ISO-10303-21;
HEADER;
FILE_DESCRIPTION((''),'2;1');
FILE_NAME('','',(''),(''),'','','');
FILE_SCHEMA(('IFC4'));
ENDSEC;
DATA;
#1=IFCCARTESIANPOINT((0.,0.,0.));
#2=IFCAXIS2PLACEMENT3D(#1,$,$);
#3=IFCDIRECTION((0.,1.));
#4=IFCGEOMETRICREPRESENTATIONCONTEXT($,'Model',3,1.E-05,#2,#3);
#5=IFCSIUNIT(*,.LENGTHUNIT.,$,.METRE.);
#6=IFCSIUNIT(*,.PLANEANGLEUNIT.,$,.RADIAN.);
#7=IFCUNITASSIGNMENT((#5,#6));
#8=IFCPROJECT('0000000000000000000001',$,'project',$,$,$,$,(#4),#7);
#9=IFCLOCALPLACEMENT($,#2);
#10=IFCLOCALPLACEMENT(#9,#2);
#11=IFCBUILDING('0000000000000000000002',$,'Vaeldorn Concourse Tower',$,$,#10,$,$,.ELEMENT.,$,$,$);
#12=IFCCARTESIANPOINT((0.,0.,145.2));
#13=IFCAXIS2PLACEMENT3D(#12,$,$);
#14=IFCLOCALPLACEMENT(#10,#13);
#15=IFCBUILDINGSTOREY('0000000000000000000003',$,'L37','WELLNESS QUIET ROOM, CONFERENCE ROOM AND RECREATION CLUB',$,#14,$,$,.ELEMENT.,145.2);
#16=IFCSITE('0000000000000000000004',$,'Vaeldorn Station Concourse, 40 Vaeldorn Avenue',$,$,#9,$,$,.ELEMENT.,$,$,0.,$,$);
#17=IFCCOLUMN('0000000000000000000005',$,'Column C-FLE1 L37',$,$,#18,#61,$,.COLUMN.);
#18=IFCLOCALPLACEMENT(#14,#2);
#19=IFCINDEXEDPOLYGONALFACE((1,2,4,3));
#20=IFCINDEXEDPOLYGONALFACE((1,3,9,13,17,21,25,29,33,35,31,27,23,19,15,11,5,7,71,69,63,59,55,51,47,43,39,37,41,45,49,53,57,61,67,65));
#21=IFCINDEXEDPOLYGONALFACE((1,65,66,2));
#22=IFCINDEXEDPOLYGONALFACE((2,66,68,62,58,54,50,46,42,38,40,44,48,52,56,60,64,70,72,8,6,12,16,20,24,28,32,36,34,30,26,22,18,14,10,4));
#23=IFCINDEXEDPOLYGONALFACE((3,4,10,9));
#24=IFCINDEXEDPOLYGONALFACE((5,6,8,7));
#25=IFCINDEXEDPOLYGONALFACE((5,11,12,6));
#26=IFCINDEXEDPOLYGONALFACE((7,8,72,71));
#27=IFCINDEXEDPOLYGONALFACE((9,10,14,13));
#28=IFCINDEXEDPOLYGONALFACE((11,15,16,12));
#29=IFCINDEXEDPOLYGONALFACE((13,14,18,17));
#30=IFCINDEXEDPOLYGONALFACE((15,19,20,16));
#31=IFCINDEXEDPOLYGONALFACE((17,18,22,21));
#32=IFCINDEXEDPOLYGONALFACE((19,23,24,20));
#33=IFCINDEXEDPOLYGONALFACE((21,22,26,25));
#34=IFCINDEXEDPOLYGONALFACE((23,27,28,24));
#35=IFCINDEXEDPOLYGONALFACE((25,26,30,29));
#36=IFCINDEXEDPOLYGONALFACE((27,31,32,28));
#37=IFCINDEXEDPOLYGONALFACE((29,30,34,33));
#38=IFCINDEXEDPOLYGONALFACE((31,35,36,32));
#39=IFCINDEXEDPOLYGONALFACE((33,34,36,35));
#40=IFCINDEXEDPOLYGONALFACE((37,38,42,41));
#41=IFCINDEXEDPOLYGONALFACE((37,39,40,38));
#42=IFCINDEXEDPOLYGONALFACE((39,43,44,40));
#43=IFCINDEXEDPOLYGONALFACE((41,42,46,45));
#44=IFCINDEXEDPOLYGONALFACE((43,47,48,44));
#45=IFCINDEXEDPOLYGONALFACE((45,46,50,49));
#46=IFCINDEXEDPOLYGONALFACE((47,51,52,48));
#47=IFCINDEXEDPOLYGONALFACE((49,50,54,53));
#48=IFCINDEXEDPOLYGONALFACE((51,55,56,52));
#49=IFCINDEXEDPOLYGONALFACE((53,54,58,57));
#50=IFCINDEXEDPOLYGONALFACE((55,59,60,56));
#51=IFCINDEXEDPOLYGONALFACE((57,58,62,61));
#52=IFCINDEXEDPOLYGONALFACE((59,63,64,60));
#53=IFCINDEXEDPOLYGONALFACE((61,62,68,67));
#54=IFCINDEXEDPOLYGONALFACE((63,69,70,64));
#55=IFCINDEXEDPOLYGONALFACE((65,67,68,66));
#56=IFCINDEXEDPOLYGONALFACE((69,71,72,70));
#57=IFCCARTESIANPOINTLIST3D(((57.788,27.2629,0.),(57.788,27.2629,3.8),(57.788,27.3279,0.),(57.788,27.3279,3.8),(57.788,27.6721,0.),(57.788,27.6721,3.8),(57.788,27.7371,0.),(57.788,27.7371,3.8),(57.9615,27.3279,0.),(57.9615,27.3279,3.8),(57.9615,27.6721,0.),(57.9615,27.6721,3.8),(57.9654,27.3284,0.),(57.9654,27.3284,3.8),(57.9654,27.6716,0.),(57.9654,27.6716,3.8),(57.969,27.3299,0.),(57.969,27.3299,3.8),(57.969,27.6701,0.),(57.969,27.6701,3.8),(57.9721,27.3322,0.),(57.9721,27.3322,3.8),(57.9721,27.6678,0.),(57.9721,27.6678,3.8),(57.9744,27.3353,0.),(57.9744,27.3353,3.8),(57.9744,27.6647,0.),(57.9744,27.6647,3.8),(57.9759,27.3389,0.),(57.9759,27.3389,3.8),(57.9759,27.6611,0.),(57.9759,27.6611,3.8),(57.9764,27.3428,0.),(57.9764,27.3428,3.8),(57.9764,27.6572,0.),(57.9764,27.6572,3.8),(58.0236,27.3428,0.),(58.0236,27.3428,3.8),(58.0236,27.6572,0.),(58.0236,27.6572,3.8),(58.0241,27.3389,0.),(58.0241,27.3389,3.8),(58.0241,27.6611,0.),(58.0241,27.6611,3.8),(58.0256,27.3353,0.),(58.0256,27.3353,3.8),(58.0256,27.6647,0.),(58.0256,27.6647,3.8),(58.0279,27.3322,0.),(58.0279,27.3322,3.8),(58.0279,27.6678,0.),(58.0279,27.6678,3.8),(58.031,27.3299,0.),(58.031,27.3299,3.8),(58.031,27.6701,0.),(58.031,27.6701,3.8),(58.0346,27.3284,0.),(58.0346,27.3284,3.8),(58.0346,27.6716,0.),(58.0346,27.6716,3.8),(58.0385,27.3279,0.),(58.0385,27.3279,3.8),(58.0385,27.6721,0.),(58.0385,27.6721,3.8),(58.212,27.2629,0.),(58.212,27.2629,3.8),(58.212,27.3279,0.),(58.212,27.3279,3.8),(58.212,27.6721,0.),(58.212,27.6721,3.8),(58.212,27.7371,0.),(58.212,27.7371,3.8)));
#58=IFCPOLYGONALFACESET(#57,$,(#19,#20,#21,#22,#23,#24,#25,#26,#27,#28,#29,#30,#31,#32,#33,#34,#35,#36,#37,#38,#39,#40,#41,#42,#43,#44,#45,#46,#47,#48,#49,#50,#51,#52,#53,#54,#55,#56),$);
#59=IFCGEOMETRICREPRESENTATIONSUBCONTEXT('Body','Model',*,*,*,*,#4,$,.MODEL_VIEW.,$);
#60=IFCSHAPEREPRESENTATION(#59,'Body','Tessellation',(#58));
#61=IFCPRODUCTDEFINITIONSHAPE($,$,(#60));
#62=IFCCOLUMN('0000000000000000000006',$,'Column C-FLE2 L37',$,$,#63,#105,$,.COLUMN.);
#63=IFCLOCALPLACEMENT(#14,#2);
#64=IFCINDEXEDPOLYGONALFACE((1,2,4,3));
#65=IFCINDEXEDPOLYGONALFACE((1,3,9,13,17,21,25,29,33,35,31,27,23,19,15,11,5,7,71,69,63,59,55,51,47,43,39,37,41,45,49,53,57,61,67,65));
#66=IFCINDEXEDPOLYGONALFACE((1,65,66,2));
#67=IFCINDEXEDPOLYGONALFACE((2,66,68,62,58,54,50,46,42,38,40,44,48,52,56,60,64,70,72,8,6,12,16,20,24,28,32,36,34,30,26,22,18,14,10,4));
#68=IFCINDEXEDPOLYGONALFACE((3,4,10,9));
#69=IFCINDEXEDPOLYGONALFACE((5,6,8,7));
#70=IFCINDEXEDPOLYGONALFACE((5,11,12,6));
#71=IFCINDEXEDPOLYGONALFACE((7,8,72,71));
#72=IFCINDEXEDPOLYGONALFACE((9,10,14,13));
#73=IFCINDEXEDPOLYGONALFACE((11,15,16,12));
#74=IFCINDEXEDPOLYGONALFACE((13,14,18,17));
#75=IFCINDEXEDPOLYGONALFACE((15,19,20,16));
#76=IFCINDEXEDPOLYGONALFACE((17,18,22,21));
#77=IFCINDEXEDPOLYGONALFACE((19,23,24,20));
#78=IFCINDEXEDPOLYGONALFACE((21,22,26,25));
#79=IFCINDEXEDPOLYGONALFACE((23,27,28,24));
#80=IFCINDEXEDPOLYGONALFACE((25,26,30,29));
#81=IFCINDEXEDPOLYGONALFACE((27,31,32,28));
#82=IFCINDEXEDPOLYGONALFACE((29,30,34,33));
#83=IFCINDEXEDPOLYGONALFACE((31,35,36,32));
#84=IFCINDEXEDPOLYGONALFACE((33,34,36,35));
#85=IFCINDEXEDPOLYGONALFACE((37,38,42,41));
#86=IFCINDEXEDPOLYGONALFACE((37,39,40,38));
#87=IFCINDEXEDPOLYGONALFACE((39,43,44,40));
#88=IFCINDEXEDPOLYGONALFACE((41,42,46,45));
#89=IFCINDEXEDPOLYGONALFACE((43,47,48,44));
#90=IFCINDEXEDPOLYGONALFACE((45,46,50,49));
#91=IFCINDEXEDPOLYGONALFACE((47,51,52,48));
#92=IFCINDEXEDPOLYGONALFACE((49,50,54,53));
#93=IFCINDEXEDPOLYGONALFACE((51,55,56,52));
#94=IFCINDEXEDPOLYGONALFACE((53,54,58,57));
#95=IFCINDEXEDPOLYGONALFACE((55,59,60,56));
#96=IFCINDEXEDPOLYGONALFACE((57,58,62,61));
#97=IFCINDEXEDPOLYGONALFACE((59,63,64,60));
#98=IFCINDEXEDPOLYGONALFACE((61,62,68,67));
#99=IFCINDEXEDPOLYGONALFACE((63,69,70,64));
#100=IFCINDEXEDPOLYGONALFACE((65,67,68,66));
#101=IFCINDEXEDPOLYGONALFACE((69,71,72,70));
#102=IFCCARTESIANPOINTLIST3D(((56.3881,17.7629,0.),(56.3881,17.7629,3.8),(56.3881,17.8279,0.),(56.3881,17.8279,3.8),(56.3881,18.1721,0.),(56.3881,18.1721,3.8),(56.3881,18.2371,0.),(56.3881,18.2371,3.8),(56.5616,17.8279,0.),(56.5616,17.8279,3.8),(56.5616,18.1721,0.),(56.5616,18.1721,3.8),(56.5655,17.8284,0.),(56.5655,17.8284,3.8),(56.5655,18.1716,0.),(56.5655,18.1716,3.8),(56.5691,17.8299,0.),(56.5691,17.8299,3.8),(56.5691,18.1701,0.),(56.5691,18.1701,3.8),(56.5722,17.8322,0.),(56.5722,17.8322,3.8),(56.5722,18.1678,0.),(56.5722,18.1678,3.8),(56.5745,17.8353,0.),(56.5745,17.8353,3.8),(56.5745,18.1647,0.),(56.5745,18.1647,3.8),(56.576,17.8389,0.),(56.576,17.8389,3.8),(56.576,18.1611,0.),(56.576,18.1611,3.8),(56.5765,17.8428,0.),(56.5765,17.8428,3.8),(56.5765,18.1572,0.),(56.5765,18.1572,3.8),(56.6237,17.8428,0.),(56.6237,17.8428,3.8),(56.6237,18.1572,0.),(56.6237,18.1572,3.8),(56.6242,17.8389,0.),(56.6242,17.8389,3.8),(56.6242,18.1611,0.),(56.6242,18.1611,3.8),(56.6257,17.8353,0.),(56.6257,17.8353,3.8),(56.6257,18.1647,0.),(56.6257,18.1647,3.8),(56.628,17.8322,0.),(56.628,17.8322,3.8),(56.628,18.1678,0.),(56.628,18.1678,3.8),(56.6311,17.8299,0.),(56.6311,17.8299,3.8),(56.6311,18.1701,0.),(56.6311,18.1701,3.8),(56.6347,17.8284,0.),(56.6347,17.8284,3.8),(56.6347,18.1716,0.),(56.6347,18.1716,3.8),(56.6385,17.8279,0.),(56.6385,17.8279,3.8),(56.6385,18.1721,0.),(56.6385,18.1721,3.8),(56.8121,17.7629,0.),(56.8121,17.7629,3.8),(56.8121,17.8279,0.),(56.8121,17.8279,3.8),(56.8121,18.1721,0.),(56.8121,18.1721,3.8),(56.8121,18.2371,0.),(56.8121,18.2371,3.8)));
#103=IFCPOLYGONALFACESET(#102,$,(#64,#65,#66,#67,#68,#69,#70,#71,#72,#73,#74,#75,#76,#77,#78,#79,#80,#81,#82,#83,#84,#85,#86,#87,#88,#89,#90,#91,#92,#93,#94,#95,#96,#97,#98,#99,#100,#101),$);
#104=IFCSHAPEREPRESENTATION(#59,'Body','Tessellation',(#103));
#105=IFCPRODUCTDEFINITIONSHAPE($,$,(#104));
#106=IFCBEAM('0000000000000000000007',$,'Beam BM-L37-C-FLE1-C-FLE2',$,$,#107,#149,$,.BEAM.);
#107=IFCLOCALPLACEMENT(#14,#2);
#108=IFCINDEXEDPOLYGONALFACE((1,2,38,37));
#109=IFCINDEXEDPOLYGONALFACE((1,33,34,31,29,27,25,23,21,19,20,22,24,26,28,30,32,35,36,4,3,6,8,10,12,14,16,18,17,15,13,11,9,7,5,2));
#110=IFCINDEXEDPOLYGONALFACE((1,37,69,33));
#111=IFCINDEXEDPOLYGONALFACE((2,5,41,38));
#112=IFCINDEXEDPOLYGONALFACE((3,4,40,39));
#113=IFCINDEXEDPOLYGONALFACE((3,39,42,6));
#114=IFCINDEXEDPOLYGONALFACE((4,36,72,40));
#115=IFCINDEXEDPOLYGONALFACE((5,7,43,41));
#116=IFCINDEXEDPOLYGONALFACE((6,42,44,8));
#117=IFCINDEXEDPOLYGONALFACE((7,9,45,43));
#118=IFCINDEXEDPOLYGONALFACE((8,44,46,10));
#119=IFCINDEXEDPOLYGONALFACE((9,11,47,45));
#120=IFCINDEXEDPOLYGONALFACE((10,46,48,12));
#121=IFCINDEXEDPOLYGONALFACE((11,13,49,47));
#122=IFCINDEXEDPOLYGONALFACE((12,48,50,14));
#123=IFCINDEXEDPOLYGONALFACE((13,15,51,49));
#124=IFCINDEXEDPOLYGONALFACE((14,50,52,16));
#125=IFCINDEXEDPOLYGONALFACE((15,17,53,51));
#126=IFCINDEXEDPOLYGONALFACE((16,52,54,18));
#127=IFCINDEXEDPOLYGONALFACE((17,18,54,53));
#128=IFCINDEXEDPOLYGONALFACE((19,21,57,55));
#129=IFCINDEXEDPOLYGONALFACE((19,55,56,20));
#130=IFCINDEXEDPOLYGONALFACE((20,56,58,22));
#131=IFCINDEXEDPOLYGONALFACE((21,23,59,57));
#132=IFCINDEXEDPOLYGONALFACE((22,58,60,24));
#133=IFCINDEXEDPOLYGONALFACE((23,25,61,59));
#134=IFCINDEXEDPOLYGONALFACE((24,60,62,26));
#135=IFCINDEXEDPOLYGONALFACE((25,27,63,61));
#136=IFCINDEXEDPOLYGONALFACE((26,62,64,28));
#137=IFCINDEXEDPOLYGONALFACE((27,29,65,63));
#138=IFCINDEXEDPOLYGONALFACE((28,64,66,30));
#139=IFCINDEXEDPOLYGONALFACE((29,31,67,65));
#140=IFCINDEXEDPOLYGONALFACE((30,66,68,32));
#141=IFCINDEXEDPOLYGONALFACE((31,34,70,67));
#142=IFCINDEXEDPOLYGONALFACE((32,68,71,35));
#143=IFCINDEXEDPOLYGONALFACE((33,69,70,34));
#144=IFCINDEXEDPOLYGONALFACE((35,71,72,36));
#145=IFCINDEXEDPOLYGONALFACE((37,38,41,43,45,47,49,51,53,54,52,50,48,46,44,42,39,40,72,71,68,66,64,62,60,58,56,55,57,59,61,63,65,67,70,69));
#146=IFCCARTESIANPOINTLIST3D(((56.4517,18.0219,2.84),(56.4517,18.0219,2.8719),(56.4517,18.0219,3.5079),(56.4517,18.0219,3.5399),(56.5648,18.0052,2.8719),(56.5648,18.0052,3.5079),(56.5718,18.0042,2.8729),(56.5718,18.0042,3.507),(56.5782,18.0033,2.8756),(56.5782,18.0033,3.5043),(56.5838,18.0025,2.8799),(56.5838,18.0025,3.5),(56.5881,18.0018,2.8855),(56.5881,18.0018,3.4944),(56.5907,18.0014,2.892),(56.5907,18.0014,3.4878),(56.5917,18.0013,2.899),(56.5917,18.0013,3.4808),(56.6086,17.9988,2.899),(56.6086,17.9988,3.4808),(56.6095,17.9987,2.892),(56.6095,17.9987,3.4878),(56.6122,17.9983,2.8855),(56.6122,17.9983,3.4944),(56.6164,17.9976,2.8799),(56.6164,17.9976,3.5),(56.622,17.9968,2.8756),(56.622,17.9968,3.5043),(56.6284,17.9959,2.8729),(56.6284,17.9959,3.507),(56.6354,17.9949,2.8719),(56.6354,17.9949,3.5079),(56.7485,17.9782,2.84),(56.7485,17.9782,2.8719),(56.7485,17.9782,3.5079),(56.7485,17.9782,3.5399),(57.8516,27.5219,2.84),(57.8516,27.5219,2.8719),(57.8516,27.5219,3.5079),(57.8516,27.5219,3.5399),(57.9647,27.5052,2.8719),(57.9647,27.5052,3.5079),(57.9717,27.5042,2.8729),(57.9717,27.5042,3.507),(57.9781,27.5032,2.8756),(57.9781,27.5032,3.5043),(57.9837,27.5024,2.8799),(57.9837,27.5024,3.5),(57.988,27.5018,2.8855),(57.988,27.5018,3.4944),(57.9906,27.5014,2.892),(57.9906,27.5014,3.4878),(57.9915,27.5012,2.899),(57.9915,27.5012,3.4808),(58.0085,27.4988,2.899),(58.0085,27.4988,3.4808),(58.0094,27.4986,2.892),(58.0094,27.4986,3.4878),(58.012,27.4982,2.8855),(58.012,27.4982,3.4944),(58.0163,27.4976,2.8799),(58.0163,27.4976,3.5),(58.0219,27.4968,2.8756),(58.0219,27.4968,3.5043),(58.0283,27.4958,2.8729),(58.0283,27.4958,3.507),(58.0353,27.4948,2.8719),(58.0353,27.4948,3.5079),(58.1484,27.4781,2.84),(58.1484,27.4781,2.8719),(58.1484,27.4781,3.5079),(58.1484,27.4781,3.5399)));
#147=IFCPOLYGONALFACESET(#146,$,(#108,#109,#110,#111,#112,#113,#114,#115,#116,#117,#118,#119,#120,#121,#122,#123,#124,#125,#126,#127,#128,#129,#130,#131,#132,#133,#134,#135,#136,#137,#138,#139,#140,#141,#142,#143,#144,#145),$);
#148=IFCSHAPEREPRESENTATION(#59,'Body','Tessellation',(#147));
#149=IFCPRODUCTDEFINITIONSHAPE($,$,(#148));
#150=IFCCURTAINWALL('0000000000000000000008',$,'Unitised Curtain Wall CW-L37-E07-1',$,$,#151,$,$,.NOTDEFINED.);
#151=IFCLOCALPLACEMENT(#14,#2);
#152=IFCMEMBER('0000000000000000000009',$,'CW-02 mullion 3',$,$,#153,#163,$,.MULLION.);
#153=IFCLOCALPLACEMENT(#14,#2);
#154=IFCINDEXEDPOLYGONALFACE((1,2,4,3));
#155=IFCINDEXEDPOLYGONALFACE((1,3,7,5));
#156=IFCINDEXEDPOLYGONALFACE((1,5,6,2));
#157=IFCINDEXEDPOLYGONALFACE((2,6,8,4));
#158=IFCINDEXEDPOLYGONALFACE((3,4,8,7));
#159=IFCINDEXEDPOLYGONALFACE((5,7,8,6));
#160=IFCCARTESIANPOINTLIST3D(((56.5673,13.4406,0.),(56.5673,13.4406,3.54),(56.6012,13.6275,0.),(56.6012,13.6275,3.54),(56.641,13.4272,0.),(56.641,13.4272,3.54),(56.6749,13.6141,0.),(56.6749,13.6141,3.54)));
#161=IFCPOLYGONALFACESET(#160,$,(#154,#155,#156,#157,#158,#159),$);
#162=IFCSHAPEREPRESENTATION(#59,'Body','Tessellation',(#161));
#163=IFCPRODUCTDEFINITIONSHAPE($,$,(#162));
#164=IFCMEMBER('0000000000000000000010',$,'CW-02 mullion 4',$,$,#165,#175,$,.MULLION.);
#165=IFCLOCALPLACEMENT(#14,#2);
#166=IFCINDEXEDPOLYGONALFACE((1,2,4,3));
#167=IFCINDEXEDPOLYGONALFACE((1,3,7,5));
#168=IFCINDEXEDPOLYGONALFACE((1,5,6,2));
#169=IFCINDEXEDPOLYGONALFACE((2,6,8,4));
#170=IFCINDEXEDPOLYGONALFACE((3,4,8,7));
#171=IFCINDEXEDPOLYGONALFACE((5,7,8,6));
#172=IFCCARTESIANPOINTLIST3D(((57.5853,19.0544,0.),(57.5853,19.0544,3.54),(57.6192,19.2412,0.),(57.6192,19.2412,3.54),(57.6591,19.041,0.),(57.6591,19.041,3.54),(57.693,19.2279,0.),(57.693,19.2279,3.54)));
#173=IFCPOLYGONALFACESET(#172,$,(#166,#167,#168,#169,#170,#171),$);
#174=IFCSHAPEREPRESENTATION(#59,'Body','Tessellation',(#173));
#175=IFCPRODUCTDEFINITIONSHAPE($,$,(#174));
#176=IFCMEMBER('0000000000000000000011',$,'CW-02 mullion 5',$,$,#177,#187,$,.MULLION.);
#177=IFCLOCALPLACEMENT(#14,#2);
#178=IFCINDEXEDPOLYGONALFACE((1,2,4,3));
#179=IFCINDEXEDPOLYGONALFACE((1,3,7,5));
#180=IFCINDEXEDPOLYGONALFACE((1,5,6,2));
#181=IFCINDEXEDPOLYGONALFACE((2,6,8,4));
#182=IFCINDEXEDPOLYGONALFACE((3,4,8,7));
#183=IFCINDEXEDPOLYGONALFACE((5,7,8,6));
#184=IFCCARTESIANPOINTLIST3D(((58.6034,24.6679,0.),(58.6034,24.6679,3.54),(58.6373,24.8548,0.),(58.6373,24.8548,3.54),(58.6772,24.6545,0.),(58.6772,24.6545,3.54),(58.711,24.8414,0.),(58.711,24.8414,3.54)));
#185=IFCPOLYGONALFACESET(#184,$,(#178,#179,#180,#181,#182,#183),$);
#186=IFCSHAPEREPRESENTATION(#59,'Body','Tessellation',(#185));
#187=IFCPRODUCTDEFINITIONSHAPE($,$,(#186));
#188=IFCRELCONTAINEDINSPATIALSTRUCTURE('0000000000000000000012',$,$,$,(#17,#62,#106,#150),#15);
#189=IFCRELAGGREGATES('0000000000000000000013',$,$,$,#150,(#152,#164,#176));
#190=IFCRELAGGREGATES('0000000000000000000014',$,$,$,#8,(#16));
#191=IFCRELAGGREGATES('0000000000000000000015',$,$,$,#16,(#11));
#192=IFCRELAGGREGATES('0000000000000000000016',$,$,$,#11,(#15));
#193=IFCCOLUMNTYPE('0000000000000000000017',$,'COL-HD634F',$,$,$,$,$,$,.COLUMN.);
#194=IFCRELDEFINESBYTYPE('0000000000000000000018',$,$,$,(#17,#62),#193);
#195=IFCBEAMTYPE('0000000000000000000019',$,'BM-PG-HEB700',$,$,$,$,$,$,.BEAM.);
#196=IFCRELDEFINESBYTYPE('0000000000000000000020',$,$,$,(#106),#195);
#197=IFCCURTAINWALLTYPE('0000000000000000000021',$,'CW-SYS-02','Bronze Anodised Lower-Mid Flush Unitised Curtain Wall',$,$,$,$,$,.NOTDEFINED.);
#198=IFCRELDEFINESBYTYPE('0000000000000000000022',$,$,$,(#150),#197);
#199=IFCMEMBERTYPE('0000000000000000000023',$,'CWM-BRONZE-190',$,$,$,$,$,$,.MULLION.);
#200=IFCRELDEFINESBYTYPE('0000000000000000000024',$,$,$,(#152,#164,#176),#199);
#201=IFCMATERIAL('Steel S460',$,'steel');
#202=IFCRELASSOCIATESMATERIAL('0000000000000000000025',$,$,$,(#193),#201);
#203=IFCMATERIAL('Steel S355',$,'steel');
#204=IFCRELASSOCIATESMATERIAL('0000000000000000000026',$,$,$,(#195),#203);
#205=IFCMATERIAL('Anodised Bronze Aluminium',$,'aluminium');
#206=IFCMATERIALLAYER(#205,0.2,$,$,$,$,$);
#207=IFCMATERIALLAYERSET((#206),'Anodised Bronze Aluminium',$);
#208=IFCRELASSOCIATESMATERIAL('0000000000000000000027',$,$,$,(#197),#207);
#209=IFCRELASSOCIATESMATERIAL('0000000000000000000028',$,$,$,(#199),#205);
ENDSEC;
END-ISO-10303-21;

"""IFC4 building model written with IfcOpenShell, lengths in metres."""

from ifc_helpers import new_model, si_unit, direction, frame, origin, origin_2d, place, context, subcontext, project, spatial, rectangle, i_section, extrude, source, transform, mapped, material, layer, layer_set, material_profile, profile_set, type_object, element, aggregate, save


model = new_model("IFC4")

# Units and contexts
model_context = context("Model", 3, precision=1e-05, world=origin(), true_north=direction((0.0, 1.0)))
body_context = subcontext(model_context, "Body", "Model", "MODEL_VIEW")
ifc_project = project(units=[si_unit("LENGTHUNIT", "METRE"), si_unit("PLANEANGLEUNIT", "RADIAN")], contexts=[model_context])

# Site, building, storey
site_placement = place(None, origin())
site = spatial("IfcSite", under=ifc_project, at=site_placement, Name="Vaeldorn Station Concourse, 40 Vaeldorn Avenue", CompositionType="ELEMENT", RefElevation=0.0)
building_placement = place(site_placement, origin())
building = spatial("IfcBuilding", under=site, at=building_placement, Name="Vaeldorn Concourse Tower", CompositionType="ELEMENT")
storey_placement = place(building_placement, frame((0.0, 0.0, 145.2)))
storey = spatial("IfcBuildingStorey", under=building, at=storey_placement, Name="L37", Description="WELLNESS QUIET ROOM, CONFERENCE ROOM AND RECREATION CLUB", CompositionType="ELEMENT", Elevation=145.2)

# Columns
ifc_material_1 = material(Name="Steel S460", Category="steel")
ifc_material_profile_1 = material_profile(ifc_material_1, i_section(OverallWidth=0.4241, OverallDepth=0.4741, WebThickness=0.0471, FlangeThickness=0.0649, FilletRadius=0.0149, at=origin_2d()), Name="HD 400x634")
ifc_profile_set_1 = profile_set([ifc_material_profile_1], Name="Steel S460")
column_type = type_object("IfcColumnType", Name="COL-HD634F", PredefinedType="COLUMN", material=ifc_profile_set_1)
shared_shape_1 = source(origin(), body_context, "Body", "SweptSolid", [
    extrude(i_section(OverallWidth=0.4241, OverallDepth=0.4741, WebThickness=0.0471, FlangeThickness=0.0649, FilletRadius=0.0149, at=origin_2d()), origin(), (0.0, 0.0, 1.0), 3.8),
])
for number, where, z_axis, x_axis, name in (
    (1, (58.0, 27.5, 0.0), (0.0, 0.0, 1.0), (1.0, 0.0, 0.0), "Column C-FLE1 L37"),
    (2, (56.6001, 18.0, 0.0), (0.0, 0.0, 1.0), (1.0, 0.0, 0.0), "Column C-FLE2 L37"),
):
    element("IfcColumn", number, at=place(storey_placement, frame(where, z_axis=z_axis, x_axis=x_axis)), inside=storey, type_object=column_type, Name=name, PredefinedType="COLUMN", context=body_context, shape_type="MappedRepresentation", body=[
        mapped(shared_shape_1, transform((0.0, 0.0, 0.0), scale=1.0)),
    ])

# Beam
ifc_material_2 = material(Name="Steel S355", Category="steel")
ifc_material_profile_2 = material_profile(ifc_material_2, i_section(OverallWidth=0.3, OverallDepth=0.7, WebThickness=0.0171, FlangeThickness=0.032, FilletRadius=0.0271, at=origin_2d()), Name="HEB 700")
ifc_profile_set_2 = profile_set([ifc_material_profile_2], Name="Steel S355")
beam_type = type_object("IfcBeamType", Name="BM-PG-HEB700", PredefinedType="BEAM", material=ifc_profile_set_2)
shared_shape_2 = source(origin(), body_context, "Body", "SweptSolid", [
    extrude(i_section(OverallWidth=0.3, OverallDepth=0.7, WebThickness=0.0171, FlangeThickness=0.032, FilletRadius=0.0271, at=origin_2d()), origin(), (0.0, 0.0, 1.0), 9.6025),
])
beam_placement = place(storey_placement, frame((58.0, 27.5, 3.1899), z_axis=(-0.145784, -0.989316, 0.0), x_axis=(0.989316, -0.145784, 0.0)))
element("IfcBeam", 3, at=beam_placement, inside=storey, type_object=beam_type, Name="Beam BM-L37-C-FLE1-C-FLE2", PredefinedType="BEAM", context=body_context, shape_type="MappedRepresentation", body=[
    mapped(shared_shape_2, transform((0.0, 0.0, 0.0), scale=1.0)),
])

# Curtain wall, members
ifc_material_3 = material(Name="Anodised Bronze Aluminium", Category="aluminium")
ifc_layer_1 = layer(ifc_material_3, 0.2)
ifc_layer_set_1 = layer_set([ifc_layer_1], Name="Anodised Bronze Aluminium")
curtain_wall_type = type_object("IfcCurtainWallType", Name="CW-SYS-02", Description="Bronze Anodised Lower-Mid Flush Unitised Curtain Wall", PredefinedType="NOTDEFINED", material=ifc_layer_set_1)
curtain_wall_placement = place(storey_placement, origin())
curtain_wall = element("IfcCurtainWall", 4, at=curtain_wall_placement, inside=storey, type_object=curtain_wall_type, Name="Unitised Curtain Wall CW-L37-E07-1", PredefinedType="NOTDEFINED")
ifc_material_profile_3 = material_profile(ifc_material_3, rectangle(XDim=0.075, YDim=0.1899, at=origin_2d()), Name="CWM 75x190")
ifc_profile_set_3 = profile_set([ifc_material_profile_3], Name="Anodised Bronze Aluminium")
member_type_1 = type_object("IfcMemberType", Name="CWM-BRONZE-190", PredefinedType="MULLION", material=ifc_profile_set_3)
shared_shape_3 = source(origin(), body_context, "Body", "SweptSolid", [
    extrude(rectangle(XDim=0.075, YDim=0.1899, at=origin_2d()), origin(), (0.0, 0.0, 1.0), 3.54),
])
member_1_placement = place(storey_placement, frame((56.6211, 13.5273, 0.0), z_axis=(0.0, 0.0, 1.0), x_axis=(-0.98395, 0.178447, 0.0)))
member_1 = element("IfcMember", 5, at=member_1_placement, type_object=member_type_1, Name="CW-02 mullion 3", PredefinedType="MULLION", context=body_context, shape_type="MappedRepresentation", body=[
    mapped(shared_shape_3, transform((0.0, 0.0, 0.0), scale=1.0)),
])
member_2_placement = place(storey_placement, frame((57.6392, 19.1411, 0.0), z_axis=(0.0, 0.0, 1.0), x_axis=(-0.98395, 0.178447, 0.0)))
member_2 = element("IfcMember", 6, at=member_2_placement, type_object=member_type_1, Name="CW-02 mullion 4", PredefinedType="MULLION", context=body_context, shape_type="MappedRepresentation", body=[
    mapped(shared_shape_3, transform((0.0, 0.0, 0.0), scale=1.0)),
])
member_3_placement = place(storey_placement, frame((58.6572, 24.7546, 0.0), z_axis=(0.0, 0.0, 1.0), x_axis=(-0.98395, 0.178447, 0.0)))
member_3 = element("IfcMember", 7, at=member_3_placement, type_object=member_type_1, Name="CW-02 mullion 5", PredefinedType="MULLION", context=body_context, shape_type="MappedRepresentation", body=[
    mapped(shared_shape_3, transform((0.0, 0.0, 0.0), scale=1.0)),
])
aggregate(curtain_wall, [member_1, member_2, member_3])

save(model, "model.ifc")
